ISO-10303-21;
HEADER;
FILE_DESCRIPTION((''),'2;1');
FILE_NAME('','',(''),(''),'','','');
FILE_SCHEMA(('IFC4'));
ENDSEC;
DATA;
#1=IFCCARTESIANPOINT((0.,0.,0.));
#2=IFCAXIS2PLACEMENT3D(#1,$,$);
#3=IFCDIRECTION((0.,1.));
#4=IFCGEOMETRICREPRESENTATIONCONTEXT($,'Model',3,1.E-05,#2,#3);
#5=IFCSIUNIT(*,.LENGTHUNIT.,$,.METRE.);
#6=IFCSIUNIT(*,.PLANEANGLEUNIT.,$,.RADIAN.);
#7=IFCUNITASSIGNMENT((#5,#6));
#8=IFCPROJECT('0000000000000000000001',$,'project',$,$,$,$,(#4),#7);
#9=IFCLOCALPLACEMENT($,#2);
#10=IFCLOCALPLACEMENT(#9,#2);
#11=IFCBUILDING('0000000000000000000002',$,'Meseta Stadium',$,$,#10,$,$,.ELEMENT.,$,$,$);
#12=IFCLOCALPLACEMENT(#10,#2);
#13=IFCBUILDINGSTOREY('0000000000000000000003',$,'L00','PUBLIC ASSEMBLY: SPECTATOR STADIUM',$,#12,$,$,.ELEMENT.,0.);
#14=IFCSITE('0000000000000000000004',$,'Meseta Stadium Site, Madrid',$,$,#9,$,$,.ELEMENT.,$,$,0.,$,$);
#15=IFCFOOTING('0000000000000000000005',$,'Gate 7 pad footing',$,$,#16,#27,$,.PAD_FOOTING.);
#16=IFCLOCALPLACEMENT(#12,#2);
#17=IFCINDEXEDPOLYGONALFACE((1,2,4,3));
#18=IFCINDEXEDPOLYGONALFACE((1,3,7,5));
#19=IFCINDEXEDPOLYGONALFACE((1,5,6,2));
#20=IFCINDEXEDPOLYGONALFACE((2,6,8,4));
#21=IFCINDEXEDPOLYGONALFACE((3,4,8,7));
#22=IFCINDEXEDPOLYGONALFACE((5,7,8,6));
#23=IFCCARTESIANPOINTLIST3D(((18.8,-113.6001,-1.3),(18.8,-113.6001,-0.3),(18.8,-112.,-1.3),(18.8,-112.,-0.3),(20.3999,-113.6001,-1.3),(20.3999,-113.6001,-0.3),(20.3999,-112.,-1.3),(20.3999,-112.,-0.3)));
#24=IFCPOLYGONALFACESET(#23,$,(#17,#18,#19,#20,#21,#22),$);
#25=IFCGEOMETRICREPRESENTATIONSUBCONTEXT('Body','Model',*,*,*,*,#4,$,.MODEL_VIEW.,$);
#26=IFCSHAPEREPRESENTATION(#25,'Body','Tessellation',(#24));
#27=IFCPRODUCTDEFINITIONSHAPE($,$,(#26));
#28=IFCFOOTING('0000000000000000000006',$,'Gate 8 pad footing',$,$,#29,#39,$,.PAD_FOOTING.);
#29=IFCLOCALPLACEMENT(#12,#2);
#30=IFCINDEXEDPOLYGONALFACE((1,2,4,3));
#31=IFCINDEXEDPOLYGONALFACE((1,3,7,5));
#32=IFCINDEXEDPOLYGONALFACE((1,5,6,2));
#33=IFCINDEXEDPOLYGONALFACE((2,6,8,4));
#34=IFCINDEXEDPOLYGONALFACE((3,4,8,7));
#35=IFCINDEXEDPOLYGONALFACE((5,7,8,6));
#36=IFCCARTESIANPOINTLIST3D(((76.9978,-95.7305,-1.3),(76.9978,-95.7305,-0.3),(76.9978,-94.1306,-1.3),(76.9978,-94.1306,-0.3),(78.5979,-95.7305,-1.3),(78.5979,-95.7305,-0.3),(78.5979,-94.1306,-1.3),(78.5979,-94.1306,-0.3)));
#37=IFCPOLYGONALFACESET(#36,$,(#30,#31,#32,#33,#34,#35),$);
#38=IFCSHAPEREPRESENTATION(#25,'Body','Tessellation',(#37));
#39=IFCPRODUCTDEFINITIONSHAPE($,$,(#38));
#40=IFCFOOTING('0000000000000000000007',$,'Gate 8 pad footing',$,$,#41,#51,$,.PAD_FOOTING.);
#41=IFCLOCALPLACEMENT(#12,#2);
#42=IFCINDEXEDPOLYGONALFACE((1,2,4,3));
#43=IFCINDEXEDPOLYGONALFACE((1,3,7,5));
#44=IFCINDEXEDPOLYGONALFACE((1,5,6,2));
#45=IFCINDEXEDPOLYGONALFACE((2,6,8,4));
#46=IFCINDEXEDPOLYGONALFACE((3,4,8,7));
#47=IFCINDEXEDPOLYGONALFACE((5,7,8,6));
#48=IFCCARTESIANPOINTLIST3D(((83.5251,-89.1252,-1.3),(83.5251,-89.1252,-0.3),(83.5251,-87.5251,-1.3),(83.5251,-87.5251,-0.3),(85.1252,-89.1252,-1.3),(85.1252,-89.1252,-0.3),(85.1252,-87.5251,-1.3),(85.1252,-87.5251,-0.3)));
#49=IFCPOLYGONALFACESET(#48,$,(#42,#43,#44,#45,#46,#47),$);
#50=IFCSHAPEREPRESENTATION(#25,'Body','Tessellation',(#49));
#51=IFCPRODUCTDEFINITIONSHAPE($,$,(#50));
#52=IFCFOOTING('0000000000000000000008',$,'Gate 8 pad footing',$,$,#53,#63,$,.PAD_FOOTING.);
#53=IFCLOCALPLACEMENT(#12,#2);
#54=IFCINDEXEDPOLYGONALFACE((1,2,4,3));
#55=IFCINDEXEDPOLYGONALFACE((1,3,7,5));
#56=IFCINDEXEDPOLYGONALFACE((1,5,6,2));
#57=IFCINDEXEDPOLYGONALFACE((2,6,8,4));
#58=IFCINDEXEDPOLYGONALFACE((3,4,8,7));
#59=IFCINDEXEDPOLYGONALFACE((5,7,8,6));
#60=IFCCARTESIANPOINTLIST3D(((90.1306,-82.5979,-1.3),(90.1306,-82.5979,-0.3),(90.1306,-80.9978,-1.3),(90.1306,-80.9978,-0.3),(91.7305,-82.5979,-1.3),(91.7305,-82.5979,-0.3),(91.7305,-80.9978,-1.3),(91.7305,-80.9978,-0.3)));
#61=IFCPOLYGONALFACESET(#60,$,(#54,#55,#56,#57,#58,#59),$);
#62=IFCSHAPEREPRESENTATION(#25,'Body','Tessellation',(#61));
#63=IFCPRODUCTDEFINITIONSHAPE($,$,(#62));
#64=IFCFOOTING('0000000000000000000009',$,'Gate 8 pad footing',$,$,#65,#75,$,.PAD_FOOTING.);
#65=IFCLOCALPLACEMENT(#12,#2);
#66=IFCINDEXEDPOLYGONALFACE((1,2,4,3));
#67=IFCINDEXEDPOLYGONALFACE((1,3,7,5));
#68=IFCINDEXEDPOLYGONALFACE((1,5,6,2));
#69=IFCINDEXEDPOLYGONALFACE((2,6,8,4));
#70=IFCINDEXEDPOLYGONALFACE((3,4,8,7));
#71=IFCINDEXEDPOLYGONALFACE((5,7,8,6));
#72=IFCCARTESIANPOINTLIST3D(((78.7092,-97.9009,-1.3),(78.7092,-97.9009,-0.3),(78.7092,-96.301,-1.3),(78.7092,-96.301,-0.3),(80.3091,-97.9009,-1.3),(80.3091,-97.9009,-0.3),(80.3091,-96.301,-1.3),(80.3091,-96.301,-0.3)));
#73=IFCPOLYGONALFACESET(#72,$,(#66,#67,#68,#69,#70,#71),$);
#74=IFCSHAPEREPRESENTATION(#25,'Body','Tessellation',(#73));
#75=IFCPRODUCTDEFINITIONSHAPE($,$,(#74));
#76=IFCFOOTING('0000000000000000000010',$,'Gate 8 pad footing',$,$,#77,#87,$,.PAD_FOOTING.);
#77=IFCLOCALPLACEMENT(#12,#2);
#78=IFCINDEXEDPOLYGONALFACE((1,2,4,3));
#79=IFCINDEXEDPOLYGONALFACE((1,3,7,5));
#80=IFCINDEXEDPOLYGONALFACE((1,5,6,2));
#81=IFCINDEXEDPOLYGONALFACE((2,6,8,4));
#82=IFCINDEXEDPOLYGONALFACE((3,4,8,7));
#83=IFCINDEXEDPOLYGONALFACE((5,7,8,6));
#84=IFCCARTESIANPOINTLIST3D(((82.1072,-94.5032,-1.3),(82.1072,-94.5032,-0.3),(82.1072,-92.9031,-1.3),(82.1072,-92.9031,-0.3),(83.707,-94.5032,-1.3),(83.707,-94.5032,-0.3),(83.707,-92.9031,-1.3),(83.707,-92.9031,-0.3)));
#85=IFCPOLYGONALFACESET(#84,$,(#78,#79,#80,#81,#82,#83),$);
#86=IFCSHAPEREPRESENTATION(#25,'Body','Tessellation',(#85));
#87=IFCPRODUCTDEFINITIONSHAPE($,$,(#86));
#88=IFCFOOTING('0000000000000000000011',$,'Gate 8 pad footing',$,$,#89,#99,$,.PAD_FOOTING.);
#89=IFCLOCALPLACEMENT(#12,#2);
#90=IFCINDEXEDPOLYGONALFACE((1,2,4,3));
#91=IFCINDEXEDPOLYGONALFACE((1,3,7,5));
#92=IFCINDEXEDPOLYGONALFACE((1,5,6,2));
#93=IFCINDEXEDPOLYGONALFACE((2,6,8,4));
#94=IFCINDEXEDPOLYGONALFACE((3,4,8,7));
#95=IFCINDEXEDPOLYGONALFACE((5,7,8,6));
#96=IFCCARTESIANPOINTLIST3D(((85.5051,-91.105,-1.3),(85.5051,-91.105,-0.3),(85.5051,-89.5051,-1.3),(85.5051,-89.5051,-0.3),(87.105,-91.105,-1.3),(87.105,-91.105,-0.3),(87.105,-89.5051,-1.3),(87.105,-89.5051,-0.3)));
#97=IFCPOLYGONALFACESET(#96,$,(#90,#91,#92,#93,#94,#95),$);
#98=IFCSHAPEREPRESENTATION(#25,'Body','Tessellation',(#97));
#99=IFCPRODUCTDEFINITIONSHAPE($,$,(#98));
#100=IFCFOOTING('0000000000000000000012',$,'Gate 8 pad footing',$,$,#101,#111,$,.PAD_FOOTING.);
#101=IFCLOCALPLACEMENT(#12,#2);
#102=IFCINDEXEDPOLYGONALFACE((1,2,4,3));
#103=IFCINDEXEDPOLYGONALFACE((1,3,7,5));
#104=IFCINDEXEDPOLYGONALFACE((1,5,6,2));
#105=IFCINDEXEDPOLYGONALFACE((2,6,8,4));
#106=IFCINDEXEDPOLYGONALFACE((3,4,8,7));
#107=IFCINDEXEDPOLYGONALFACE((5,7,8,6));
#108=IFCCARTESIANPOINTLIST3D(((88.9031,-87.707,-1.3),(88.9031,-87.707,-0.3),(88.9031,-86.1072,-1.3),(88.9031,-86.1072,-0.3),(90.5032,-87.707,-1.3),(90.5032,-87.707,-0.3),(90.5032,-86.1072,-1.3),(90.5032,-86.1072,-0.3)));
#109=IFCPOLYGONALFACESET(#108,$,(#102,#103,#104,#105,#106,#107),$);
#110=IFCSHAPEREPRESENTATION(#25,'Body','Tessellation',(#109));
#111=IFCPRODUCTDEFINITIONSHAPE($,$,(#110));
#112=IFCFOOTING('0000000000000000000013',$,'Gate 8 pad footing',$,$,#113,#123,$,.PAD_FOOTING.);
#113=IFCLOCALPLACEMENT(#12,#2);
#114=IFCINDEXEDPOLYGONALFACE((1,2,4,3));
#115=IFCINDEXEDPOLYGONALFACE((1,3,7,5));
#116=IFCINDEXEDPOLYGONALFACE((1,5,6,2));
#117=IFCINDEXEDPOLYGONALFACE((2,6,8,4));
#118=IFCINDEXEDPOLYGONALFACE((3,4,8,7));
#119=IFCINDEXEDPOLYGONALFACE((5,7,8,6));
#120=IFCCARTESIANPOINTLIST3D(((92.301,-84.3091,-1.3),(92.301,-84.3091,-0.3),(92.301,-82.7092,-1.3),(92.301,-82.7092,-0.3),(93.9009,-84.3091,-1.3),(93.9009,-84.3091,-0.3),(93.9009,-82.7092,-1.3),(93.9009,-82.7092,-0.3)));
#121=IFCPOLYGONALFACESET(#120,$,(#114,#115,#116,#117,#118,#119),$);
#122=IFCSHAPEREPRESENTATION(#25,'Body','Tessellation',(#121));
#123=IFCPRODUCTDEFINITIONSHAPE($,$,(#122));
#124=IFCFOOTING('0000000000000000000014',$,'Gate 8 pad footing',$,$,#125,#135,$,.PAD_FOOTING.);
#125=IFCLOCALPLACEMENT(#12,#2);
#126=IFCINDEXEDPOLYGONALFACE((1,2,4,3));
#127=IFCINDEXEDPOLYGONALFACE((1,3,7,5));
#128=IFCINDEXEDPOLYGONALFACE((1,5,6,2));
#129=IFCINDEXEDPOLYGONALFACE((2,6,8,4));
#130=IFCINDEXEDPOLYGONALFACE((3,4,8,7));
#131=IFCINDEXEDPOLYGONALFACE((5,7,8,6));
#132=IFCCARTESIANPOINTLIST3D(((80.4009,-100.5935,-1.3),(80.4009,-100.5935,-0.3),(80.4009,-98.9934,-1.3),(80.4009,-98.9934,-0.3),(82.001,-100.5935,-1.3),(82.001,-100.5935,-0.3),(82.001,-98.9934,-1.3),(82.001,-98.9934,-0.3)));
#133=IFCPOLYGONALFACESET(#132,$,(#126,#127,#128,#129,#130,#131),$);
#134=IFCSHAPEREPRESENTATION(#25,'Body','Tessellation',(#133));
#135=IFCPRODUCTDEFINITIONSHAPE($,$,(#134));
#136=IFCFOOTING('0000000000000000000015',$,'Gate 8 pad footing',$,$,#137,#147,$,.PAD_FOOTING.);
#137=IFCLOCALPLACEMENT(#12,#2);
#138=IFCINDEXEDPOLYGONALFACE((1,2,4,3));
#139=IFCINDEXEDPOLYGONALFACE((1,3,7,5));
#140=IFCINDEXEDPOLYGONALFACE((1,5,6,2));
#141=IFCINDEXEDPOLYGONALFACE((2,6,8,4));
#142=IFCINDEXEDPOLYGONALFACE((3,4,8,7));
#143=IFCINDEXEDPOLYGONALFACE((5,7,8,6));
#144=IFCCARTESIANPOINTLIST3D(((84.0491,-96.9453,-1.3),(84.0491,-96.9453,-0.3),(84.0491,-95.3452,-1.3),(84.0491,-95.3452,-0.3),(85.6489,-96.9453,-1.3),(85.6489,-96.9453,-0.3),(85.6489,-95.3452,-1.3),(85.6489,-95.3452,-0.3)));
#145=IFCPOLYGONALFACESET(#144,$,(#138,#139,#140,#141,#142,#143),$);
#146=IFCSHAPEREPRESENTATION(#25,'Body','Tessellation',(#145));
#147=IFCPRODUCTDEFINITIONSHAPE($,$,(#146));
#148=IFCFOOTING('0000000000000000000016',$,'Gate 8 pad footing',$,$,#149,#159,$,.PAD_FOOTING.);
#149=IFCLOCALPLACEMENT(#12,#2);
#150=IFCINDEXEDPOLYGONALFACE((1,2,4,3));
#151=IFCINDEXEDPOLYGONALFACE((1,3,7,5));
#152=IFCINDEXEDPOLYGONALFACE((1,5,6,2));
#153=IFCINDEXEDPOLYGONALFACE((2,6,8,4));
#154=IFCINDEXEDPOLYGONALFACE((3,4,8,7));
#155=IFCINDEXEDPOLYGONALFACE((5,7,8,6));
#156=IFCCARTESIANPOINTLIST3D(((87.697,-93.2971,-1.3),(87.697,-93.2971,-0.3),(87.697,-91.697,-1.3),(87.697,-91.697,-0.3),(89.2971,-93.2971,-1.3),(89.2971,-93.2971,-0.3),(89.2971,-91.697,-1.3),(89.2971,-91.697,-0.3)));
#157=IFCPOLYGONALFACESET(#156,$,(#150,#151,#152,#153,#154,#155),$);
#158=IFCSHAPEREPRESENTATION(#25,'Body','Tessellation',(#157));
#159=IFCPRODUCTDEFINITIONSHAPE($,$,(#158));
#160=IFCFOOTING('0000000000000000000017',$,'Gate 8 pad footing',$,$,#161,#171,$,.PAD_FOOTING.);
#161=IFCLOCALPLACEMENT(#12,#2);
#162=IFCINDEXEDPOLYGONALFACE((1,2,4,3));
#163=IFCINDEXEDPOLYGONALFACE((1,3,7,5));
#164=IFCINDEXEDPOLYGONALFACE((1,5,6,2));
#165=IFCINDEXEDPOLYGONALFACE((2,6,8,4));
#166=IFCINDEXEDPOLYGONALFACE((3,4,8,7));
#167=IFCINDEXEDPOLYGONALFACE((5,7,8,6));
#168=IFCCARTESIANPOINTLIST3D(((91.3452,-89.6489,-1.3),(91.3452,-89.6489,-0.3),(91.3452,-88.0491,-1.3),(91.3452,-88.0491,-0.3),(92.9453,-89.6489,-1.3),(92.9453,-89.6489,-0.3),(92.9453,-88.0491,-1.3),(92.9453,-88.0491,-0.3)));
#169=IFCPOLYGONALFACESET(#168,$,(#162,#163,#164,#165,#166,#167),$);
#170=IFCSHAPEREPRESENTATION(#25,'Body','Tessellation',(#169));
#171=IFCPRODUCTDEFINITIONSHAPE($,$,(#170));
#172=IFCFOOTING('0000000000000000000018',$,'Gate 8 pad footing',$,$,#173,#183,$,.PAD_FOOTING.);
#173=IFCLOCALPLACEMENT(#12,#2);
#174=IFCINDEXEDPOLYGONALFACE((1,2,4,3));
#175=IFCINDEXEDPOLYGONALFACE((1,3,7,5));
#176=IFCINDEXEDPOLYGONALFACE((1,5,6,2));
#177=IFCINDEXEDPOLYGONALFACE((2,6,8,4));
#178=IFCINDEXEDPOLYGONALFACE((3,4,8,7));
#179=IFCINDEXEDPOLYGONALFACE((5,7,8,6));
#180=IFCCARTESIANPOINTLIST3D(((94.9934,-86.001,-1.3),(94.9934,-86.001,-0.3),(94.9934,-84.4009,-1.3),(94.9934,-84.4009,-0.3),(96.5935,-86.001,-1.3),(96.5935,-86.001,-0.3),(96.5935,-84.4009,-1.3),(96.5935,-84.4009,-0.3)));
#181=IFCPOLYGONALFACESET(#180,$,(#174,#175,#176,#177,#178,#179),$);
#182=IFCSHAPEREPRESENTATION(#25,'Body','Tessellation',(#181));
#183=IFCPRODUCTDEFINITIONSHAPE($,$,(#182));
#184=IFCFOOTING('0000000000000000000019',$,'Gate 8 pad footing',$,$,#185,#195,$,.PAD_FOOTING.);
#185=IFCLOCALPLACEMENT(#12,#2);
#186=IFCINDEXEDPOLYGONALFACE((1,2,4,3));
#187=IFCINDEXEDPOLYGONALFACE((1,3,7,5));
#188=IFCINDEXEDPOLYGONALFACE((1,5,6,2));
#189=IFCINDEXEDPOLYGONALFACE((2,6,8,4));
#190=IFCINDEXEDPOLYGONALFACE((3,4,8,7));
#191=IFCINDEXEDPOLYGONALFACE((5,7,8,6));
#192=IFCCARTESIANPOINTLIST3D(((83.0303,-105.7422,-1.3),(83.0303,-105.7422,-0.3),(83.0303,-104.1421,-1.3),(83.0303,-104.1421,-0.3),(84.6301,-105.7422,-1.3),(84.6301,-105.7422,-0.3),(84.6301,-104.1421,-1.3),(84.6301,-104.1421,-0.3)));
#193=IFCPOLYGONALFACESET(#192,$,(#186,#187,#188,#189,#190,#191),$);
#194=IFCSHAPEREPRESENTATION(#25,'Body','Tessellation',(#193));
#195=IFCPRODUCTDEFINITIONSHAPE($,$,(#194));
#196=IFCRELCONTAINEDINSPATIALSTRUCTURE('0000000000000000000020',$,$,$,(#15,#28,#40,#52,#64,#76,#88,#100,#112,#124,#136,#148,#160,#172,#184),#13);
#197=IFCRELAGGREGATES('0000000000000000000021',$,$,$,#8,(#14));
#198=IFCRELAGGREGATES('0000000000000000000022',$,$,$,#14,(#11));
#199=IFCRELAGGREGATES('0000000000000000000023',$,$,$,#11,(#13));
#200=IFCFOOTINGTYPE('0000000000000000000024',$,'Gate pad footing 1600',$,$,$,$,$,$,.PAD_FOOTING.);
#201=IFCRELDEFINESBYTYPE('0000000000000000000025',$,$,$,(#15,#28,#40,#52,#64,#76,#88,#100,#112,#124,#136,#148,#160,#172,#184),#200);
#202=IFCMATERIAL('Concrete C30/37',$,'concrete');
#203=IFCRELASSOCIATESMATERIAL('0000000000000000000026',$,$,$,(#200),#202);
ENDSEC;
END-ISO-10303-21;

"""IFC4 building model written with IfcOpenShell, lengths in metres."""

from ifc_helpers import new_model, si_unit, direction, frame, origin, place, context, subcontext, project, spatial, polyline, outline, extrude, material, type_object, element, save


model = new_model("IFC4")

# Units and contexts
model_context = context("Model", 3, precision=1e-05, world=origin(), true_north=direction((0.0, 1.0)))
body_context = subcontext(model_context, "Body", "Model", "MODEL_VIEW")
ifc_project = project(units=[si_unit("LENGTHUNIT", "METRE"), si_unit("PLANEANGLEUNIT", "RADIAN")], contexts=[model_context])

# Site, building, storey
site_placement = place(None, origin())
site = spatial("IfcSite", under=ifc_project, at=site_placement, Name="Meseta Stadium Site, Madrid", CompositionType="ELEMENT", RefElevation=0.0)
building_placement = place(site_placement, origin())
building = spatial("IfcBuilding", under=site, at=building_placement, Name="Meseta Stadium", CompositionType="ELEMENT")
storey_placement = place(building_placement, origin())
storey = spatial("IfcBuildingStorey", under=building, at=storey_placement, Name="L00", Description="PUBLIC ASSEMBLY: SPECTATOR STADIUM", CompositionType="ELEMENT", Elevation=0.0)

# Footings
ifc_material_1 = material(Name="Concrete C30/37", Category="concrete")
footing_type_1 = type_object("IfcFootingType", Name="Gate pad footing 1600", PredefinedType="PAD_FOOTING", material=ifc_material_1)
footing_1_placement = place(storey_placement, frame((0.0, 0.0, -1.3)))
element("IfcFooting", 1, at=footing_1_placement, inside=storey, type_object=footing_type_1, Name="Gate 7 pad footing", PredefinedType="PAD_FOOTING", context=body_context, shape_type="SweptSolid", body=[
    extrude(outline(polyline([(20.3999, -113.6001), (20.3999, -112.0), (18.8, -112.0), (18.8, -113.6001), (20.3999, -113.6001)])), origin(), (0.0, 0.0, 1.0), 1.0),
])
footing_2_placement = place(storey_placement, frame((0.0, 0.0, -1.3)))
element("IfcFooting", 2, at=footing_2_placement, inside=storey, type_object=footing_type_1, Name="Gate 8 pad footing", PredefinedType="PAD_FOOTING", context=body_context, shape_type="SweptSolid", body=[
    extrude(outline(polyline([(78.5979, -95.7305), (78.5979, -94.1306), (76.9978, -94.1306), (76.9978, -95.7305), (78.5979, -95.7305)])), origin(), (0.0, 0.0, 1.0), 1.0),
])
footing_3_placement = place(storey_placement, frame((0.0, 0.0, -1.3)))
element("IfcFooting", 3, at=footing_3_placement, inside=storey, type_object=footing_type_1, Name="Gate 8 pad footing", PredefinedType="PAD_FOOTING", context=body_context, shape_type="SweptSolid", body=[
    extrude(outline(polyline([(85.1252, -89.1252), (85.1252, -87.5251), (83.5251, -87.5251), (83.5251, -89.1252), (85.1252, -89.1252)])), origin(), (0.0, 0.0, 1.0), 1.0),
])
footing_4_placement = place(storey_placement, frame((0.0, 0.0, -1.3)))
element("IfcFooting", 4, at=footing_4_placement, inside=storey, type_object=footing_type_1, Name="Gate 8 pad footing", PredefinedType="PAD_FOOTING", context=body_context, shape_type="SweptSolid", body=[
    extrude(outline(polyline([(91.7305, -82.5979), (91.7305, -80.9978), (90.1306, -80.9978), (90.1306, -82.5979), (91.7305, -82.5979)])), origin(), (0.0, 0.0, 1.0), 1.0),
])
footing_5_placement = place(storey_placement, frame((0.0, 0.0, -1.3)))
element("IfcFooting", 5, at=footing_5_placement, inside=storey, type_object=footing_type_1, Name="Gate 8 pad footing", PredefinedType="PAD_FOOTING", context=body_context, shape_type="SweptSolid", body=[
    extrude(outline(polyline([(80.3091, -97.9009), (80.3091, -96.301), (78.7092, -96.301), (78.7092, -97.9009), (80.3091, -97.9009)])), origin(), (0.0, 0.0, 1.0), 1.0),
])
footing_6_placement = place(storey_placement, frame((0.0, 0.0, -1.3)))
element("IfcFooting", 6, at=footing_6_placement, inside=storey, type_object=footing_type_1, Name="Gate 8 pad footing", PredefinedType="PAD_FOOTING", context=body_context, shape_type="SweptSolid", body=[
    extrude(outline(polyline([(83.707, -94.5032), (83.707, -92.9031), (82.1072, -92.9031), (82.1072, -94.5032), (83.707, -94.5032)])), origin(), (0.0, 0.0, 1.0), 1.0),
])
footing_7_placement = place(storey_placement, frame((0.0, 0.0, -1.3)))
element("IfcFooting", 7, at=footing_7_placement, inside=storey, type_object=footing_type_1, Name="Gate 8 pad footing", PredefinedType="PAD_FOOTING", context=body_context, shape_type="SweptSolid", body=[
    extrude(outline(polyline([(87.105, -91.105), (87.105, -89.5051), (85.5051, -89.5051), (85.5051, -91.105), (87.105, -91.105)])), origin(), (0.0, 0.0, 1.0), 1.0),
])
footing_8_placement = place(storey_placement, frame((0.0, 0.0, -1.3)))
element("IfcFooting", 8, at=footing_8_placement, inside=storey, type_object=footing_type_1, Name="Gate 8 pad footing", PredefinedType="PAD_FOOTING", context=body_context, shape_type="SweptSolid", body=[
    extrude(outline(polyline([(90.5032, -87.707), (90.5032, -86.1072), (88.9031, -86.1072), (88.9031, -87.707), (90.5032, -87.707)])), origin(), (0.0, 0.0, 1.0), 1.0),
])
footing_9_placement = place(storey_placement, frame((0.0, 0.0, -1.3)))
element("IfcFooting", 9, at=footing_9_placement, inside=storey, type_object=footing_type_1, Name="Gate 8 pad footing", PredefinedType="PAD_FOOTING", context=body_context, shape_type="SweptSolid", body=[
    extrude(outline(polyline([(93.9009, -84.3091), (93.9009, -82.7092), (92.301, -82.7092), (92.301, -84.3091), (93.9009, -84.3091)])), origin(), (0.0, 0.0, 1.0), 1.0),
])
footing_10_placement = place(storey_placement, frame((0.0, 0.0, -1.3)))
element("IfcFooting", 10, at=footing_10_placement, inside=storey, type_object=footing_type_1, Name="Gate 8 pad footing", PredefinedType="PAD_FOOTING", context=body_context, shape_type="SweptSolid", body=[
    extrude(outline(polyline([(82.001, -100.5935), (82.001, -98.9934), (80.4009, -98.9934), (80.4009, -100.5935), (82.001, -100.5935)])), origin(), (0.0, 0.0, 1.0), 1.0),
])
footing_11_placement = place(storey_placement, frame((0.0, 0.0, -1.3)))
element("IfcFooting", 11, at=footing_11_placement, inside=storey, type_object=footing_type_1, Name="Gate 8 pad footing", PredefinedType="PAD_FOOTING", context=body_context, shape_type="SweptSolid", body=[
    extrude(outline(polyline([(85.6489, -96.9453), (85.6489, -95.3452), (84.0491, -95.3452), (84.0491, -96.9453), (85.6489, -96.9453)])), origin(), (0.0, 0.0, 1.0), 1.0),
])
footing_12_placement = place(storey_placement, frame((0.0, 0.0, -1.3)))
element("IfcFooting", 12, at=footing_12_placement, inside=storey, type_object=footing_type_1, Name="Gate 8 pad footing", PredefinedType="PAD_FOOTING", context=body_context, shape_type="SweptSolid", body=[
    extrude(outline(polyline([(89.2971, -93.2971), (89.2971, -91.697), (87.697, -91.697), (87.697, -93.2971), (89.2971, -93.2971)])), origin(), (0.0, 0.0, 1.0), 1.0),
])
footing_13_placement = place(storey_placement, frame((0.0, 0.0, -1.3)))
element("IfcFooting", 13, at=footing_13_placement, inside=storey, type_object=footing_type_1, Name="Gate 8 pad footing", PredefinedType="PAD_FOOTING", context=body_context, shape_type="SweptSolid", body=[
    extrude(outline(polyline([(92.9453, -89.6489), (92.9453, -88.0491), (91.3452, -88.0491), (91.3452, -89.6489), (92.9453, -89.6489)])), origin(), (0.0, 0.0, 1.0), 1.0),
])
footing_14_placement = place(storey_placement, frame((0.0, 0.0, -1.3)))
element("IfcFooting", 14, at=footing_14_placement, inside=storey, type_object=footing_type_1, Name="Gate 8 pad footing", PredefinedType="PAD_FOOTING", context=body_context, shape_type="SweptSolid", body=[
    extrude(outline(polyline([(96.5935, -86.001), (96.5935, -84.4009), (94.9934, -84.4009), (94.9934, -86.001), (96.5935, -86.001)])), origin(), (0.0, 0.0, 1.0), 1.0),
])
footing_15_placement = place(storey_placement, frame((0.0, 0.0, -1.3)))
element("IfcFooting", 15, at=footing_15_placement, inside=storey, type_object=footing_type_1, Name="Gate 8 pad footing", PredefinedType="PAD_FOOTING", context=body_context, shape_type="SweptSolid", body=[
    extrude(outline(polyline([(84.6301, -105.7422), (84.6301, -104.1421), (83.0303, -104.1421), (83.0303, -105.7422), (84.6301, -105.7422)])), origin(), (0.0, 0.0, 1.0), 1.0),
])

save(model, "model.ifc")
